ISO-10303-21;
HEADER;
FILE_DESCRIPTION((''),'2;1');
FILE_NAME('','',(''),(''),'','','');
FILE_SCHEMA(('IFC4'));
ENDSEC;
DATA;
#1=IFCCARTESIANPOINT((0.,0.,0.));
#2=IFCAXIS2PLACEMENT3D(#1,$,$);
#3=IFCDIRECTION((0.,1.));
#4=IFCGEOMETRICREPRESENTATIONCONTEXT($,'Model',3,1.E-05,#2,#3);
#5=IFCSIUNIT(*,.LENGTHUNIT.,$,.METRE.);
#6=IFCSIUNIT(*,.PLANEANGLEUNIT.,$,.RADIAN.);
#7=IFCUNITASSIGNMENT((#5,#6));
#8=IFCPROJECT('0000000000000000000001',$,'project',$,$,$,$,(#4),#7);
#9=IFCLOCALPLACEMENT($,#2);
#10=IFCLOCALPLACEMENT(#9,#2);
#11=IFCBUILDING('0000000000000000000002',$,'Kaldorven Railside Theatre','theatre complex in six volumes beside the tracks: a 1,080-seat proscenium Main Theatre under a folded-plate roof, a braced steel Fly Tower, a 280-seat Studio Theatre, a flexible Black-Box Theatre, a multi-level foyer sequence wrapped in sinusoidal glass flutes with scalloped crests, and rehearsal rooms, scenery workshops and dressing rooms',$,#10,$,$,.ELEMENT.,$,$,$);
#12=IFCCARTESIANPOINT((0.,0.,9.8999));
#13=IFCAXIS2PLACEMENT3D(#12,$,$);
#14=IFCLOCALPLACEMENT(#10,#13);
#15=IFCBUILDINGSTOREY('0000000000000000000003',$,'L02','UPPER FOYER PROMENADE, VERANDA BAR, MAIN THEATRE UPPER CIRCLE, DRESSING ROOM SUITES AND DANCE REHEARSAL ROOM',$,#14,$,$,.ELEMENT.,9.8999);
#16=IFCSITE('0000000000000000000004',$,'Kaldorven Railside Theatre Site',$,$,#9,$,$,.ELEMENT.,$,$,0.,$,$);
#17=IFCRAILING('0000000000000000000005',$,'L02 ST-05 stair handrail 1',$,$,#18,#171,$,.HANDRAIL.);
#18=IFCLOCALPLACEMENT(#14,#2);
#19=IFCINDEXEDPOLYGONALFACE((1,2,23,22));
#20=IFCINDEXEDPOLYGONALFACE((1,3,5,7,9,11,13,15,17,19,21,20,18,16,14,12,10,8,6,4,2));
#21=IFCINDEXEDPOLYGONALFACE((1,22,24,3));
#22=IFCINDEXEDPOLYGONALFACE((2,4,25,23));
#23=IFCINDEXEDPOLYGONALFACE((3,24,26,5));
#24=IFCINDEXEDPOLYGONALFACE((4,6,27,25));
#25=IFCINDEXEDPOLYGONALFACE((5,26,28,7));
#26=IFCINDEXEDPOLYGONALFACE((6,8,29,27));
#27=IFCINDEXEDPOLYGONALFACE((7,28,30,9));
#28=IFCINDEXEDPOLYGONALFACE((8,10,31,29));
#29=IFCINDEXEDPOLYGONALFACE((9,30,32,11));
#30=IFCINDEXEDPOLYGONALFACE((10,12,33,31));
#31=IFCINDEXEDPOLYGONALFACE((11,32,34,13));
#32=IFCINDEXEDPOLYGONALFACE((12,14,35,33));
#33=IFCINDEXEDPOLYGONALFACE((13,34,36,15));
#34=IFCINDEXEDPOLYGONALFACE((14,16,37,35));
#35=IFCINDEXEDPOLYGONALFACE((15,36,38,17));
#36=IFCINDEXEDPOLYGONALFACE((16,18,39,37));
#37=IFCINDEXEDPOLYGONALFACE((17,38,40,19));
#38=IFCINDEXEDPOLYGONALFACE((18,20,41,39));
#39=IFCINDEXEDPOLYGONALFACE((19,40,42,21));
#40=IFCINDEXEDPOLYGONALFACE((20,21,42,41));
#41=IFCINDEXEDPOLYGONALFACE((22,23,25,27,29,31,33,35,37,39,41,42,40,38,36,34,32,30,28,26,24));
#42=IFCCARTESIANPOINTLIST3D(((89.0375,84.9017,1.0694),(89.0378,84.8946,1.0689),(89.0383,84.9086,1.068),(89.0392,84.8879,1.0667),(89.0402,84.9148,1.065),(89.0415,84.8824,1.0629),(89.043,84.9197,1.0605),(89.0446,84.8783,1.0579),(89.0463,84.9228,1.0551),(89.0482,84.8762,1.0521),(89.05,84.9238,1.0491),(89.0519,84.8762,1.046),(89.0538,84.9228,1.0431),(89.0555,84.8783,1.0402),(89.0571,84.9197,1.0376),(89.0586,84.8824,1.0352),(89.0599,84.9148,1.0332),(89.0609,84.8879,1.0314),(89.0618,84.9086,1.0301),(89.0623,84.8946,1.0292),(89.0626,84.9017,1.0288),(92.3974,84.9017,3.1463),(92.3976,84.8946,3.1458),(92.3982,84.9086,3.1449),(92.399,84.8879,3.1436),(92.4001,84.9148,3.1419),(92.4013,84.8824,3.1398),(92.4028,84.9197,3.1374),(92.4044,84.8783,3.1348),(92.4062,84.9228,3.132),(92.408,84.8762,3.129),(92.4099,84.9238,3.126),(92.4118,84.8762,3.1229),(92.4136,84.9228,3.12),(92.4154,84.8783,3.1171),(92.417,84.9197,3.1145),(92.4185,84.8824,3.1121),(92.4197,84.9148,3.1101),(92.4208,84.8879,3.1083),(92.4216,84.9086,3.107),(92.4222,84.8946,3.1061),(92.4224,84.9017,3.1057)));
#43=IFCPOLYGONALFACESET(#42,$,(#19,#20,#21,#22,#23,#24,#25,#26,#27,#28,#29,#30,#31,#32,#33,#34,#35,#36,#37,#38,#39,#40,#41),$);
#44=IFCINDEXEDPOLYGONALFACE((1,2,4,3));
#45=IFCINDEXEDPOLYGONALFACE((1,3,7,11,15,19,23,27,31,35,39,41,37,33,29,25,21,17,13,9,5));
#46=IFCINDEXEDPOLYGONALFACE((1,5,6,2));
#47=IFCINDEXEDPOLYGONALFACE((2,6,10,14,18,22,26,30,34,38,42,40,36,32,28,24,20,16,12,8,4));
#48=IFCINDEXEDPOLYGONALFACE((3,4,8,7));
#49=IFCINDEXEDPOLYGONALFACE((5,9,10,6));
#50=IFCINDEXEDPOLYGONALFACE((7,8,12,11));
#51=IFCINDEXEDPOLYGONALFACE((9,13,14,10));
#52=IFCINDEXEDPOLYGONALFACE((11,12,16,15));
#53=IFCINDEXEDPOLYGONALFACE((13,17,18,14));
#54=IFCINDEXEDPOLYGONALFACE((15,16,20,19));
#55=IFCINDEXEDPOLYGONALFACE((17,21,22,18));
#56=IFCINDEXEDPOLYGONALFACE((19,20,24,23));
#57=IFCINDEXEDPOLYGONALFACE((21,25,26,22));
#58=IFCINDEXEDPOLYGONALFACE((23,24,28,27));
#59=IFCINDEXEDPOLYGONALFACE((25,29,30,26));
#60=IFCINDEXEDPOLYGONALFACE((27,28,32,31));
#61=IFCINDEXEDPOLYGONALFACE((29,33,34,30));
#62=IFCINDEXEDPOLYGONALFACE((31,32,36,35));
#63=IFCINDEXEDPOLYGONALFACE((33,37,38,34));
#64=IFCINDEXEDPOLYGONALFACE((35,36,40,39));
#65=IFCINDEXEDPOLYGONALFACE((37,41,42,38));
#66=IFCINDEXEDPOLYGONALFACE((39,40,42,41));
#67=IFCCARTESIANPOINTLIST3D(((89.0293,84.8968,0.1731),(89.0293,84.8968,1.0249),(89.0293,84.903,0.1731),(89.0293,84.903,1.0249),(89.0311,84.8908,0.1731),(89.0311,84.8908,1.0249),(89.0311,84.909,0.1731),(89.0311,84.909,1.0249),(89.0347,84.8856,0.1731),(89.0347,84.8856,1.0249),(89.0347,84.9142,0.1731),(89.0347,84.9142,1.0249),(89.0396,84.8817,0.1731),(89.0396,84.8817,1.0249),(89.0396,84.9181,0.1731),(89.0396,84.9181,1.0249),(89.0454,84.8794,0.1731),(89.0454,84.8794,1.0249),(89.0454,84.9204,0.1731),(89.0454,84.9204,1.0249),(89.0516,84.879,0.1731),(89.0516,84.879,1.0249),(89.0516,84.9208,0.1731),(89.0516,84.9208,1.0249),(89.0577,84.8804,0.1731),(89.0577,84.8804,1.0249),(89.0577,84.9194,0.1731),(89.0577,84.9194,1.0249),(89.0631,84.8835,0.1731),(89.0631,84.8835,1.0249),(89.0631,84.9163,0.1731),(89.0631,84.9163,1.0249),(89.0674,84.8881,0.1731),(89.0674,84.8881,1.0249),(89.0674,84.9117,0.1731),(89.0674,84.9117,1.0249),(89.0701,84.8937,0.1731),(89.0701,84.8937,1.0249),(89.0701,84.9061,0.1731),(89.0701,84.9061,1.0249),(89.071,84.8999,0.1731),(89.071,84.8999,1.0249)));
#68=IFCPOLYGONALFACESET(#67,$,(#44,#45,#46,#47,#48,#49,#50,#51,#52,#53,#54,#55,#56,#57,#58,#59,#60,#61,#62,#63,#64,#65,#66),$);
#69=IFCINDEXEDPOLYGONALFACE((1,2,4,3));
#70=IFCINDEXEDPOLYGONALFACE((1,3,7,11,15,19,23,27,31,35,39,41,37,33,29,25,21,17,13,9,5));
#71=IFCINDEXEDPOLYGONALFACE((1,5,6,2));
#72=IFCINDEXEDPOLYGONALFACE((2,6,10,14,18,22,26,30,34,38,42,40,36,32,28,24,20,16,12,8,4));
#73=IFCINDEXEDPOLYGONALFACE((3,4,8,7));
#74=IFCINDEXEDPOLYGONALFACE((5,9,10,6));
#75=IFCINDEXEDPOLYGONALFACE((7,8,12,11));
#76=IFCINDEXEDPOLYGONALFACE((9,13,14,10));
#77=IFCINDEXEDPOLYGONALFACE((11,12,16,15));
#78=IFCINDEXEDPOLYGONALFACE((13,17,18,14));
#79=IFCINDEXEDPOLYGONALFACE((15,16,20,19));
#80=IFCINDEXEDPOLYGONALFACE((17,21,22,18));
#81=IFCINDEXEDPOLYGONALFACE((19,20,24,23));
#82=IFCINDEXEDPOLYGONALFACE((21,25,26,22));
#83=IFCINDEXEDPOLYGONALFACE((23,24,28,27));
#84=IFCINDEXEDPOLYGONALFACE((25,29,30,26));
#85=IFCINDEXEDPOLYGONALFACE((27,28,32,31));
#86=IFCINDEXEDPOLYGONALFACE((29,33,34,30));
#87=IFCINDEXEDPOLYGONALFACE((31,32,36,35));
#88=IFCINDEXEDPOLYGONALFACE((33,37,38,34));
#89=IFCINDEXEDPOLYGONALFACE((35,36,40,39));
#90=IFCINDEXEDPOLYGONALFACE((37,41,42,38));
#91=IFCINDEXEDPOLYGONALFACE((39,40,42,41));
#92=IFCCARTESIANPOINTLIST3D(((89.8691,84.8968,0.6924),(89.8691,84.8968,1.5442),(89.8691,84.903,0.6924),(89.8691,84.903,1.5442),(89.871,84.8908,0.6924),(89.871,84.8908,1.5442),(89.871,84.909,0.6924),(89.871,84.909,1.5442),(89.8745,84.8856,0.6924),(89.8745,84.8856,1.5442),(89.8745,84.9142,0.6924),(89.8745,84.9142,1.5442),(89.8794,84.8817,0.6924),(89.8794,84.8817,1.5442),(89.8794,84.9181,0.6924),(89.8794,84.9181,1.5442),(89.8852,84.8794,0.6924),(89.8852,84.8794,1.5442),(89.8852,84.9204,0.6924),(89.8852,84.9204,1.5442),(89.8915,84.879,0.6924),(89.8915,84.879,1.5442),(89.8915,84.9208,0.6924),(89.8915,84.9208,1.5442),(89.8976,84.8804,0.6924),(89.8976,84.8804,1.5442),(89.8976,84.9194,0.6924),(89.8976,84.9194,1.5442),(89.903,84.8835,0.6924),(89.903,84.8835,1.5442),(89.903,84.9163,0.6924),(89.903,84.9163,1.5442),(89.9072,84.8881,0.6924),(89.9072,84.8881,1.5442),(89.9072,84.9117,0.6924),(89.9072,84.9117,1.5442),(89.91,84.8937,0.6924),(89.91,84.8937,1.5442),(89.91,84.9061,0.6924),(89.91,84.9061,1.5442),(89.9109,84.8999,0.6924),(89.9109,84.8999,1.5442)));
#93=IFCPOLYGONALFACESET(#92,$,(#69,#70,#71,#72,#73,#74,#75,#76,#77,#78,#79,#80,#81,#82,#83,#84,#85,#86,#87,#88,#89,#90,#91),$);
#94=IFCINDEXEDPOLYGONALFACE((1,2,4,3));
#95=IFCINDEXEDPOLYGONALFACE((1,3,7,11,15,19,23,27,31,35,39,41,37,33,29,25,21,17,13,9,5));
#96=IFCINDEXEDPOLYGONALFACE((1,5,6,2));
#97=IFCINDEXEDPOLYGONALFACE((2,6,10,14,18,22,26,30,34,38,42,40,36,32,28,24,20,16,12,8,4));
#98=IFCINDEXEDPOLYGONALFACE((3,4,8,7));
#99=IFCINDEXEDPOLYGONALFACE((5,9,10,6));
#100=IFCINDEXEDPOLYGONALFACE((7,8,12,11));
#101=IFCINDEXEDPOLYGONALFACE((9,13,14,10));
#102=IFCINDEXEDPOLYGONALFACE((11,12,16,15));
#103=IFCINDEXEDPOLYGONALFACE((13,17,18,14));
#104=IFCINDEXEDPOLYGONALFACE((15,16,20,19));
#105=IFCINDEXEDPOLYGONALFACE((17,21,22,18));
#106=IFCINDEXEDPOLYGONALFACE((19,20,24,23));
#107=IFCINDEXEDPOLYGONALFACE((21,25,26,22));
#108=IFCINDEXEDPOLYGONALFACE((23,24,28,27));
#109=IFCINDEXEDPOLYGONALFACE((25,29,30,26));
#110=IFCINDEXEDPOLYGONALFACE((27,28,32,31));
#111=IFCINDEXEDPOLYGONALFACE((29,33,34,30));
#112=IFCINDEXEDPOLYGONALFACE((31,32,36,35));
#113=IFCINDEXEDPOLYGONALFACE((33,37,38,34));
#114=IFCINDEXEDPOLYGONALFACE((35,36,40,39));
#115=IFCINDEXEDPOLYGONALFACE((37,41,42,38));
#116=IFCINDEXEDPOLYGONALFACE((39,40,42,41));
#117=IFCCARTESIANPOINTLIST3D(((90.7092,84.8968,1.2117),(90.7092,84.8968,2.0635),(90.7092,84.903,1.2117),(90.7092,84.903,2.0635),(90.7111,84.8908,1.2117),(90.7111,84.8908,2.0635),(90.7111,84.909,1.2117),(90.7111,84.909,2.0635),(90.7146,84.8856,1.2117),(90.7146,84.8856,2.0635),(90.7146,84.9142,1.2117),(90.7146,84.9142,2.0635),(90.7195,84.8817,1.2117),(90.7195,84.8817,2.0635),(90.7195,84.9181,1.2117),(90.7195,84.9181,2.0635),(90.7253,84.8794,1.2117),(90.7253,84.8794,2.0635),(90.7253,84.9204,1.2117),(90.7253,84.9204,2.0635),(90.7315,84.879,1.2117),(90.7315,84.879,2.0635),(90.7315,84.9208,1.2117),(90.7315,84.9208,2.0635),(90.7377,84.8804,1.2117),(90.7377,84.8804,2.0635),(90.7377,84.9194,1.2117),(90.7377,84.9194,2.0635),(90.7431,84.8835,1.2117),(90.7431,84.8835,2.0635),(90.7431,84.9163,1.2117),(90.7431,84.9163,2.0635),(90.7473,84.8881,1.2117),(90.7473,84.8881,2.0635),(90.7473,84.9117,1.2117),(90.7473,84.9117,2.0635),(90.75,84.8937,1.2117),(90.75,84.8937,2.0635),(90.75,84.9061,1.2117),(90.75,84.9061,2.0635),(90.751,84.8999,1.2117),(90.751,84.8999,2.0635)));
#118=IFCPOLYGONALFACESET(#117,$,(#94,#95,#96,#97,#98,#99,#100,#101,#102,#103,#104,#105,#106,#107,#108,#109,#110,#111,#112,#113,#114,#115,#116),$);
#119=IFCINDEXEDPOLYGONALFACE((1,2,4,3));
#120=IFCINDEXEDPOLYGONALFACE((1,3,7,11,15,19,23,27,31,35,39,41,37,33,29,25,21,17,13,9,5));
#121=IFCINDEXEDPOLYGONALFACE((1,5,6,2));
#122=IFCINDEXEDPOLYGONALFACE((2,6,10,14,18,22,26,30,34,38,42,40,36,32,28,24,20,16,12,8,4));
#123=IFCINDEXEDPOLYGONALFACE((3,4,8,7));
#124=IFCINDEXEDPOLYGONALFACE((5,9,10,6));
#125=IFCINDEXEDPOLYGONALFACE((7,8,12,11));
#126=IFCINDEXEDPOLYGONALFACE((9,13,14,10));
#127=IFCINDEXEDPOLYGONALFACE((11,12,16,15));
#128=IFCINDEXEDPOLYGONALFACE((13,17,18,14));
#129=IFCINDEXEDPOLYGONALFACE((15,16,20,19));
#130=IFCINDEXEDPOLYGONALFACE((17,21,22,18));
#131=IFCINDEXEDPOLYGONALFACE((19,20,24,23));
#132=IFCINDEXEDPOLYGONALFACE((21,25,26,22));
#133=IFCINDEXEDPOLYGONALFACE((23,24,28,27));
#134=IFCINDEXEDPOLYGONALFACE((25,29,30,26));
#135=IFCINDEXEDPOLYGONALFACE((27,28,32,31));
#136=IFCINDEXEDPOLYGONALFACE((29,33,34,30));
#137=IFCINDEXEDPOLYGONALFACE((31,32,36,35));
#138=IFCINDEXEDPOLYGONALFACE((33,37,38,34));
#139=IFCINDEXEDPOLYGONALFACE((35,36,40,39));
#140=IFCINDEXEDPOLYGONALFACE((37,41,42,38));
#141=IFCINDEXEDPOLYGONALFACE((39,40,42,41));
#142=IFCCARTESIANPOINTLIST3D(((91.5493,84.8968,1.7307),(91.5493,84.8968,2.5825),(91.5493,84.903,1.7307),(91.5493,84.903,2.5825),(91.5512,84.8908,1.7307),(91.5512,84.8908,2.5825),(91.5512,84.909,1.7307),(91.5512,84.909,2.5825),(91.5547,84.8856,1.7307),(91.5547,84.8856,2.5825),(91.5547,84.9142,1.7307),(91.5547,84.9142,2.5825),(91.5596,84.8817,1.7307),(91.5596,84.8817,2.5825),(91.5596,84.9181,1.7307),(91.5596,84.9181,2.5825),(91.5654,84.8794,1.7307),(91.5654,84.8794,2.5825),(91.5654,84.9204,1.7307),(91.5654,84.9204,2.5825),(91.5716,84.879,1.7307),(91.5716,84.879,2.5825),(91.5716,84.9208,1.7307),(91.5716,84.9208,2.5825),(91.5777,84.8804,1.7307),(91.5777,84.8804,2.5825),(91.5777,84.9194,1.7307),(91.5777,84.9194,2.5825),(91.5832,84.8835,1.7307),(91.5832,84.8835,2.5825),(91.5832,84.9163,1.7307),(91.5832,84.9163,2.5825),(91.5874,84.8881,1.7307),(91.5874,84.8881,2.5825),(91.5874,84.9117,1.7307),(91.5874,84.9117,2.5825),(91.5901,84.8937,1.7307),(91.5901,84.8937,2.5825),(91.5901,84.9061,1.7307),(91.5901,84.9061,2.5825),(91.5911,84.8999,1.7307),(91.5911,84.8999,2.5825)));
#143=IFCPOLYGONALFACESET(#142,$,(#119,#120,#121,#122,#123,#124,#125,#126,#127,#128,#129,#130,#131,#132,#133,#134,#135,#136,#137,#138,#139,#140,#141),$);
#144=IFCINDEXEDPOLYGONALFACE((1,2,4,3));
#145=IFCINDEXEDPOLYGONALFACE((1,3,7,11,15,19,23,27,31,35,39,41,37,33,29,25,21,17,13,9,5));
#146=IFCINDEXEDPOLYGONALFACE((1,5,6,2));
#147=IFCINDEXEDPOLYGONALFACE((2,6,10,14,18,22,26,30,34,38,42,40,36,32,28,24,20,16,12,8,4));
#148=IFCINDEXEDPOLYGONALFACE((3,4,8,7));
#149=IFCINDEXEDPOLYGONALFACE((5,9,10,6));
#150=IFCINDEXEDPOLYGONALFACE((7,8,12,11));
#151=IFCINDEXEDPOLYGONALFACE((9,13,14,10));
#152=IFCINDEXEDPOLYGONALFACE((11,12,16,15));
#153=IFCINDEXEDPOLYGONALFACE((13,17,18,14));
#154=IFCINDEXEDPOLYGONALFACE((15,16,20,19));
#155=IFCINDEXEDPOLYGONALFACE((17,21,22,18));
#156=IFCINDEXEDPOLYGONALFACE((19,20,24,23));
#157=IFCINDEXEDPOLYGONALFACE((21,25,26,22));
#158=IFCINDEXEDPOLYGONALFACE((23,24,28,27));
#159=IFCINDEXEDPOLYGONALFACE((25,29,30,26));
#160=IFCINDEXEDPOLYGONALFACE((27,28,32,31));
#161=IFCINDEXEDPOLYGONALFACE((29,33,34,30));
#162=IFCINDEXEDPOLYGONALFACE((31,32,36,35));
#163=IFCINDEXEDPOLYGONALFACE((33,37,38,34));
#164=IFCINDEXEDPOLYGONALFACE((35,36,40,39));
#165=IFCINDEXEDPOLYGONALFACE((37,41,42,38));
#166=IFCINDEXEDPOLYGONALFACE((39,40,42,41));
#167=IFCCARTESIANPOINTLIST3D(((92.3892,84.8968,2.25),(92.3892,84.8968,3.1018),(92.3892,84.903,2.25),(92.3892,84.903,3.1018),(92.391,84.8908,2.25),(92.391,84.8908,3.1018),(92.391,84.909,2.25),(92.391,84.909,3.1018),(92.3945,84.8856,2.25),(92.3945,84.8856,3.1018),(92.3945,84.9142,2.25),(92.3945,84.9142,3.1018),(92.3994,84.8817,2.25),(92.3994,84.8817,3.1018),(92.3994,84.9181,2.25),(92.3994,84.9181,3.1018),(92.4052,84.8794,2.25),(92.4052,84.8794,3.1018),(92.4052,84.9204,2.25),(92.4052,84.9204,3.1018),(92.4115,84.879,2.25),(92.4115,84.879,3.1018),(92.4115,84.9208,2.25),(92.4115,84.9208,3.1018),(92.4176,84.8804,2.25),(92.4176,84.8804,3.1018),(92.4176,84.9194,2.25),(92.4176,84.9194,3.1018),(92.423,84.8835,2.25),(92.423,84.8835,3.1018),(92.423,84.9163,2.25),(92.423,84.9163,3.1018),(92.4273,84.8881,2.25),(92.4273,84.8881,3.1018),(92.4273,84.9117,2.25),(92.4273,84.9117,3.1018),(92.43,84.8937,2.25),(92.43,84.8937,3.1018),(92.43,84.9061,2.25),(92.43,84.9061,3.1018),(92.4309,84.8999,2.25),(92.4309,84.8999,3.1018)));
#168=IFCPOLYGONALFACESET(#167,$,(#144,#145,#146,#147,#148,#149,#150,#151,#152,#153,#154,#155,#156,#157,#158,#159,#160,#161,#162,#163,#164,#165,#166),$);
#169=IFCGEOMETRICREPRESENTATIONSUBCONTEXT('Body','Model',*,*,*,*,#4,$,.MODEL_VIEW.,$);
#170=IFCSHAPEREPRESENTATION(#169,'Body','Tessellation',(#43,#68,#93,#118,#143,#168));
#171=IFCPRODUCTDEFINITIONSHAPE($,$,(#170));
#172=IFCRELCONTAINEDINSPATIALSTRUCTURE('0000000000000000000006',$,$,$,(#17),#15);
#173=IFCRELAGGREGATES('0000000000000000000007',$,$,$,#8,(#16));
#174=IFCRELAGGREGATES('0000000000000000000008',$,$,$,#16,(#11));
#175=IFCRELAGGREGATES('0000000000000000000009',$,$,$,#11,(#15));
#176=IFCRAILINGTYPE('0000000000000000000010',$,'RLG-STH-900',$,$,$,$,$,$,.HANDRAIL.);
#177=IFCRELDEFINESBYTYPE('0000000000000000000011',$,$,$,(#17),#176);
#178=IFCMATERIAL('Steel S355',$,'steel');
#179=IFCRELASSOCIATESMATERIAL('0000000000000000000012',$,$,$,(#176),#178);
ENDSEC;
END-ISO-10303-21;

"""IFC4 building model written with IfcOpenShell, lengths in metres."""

from ifc_helpers import new_model, si_unit, direction, frame, origin, origin_2d, place, context, subcontext, project, spatial, circle, extrude, material, type_object, element, save


model = new_model("IFC4")

# Units and contexts
model_context = context("Model", 3, precision=1e-05, world=origin(), true_north=direction((0.0, 1.0)))
body_context = subcontext(model_context, "Body", "Model", "MODEL_VIEW")
ifc_project = project(units=[si_unit("LENGTHUNIT", "METRE"), si_unit("PLANEANGLEUNIT", "RADIAN")], contexts=[model_context])

# Site, building, storey
site_placement = place(None, origin())
site = spatial("IfcSite", under=ifc_project, at=site_placement, Name="Kaldorven Railside Theatre Site", CompositionType="ELEMENT", RefElevation=0.0)
building_placement = place(site_placement, origin())
building = spatial("IfcBuilding", under=site, at=building_placement, Name="Kaldorven Railside Theatre", Description="theatre complex in six volumes beside the tracks: a 1,080-seat proscenium Main Theatre under a folded-plate roof, a braced steel Fly Tower, a 280-seat Studio Theatre, a flexible Black-Box Theatre, a multi-level foyer sequence wrapped in sinusoidal glass flutes with scalloped crests, and rehearsal rooms, scenery workshops and dressing rooms", CompositionType="ELEMENT")
storey_placement = place(building_placement, frame((0.0, 0.0, 9.8999)))
storey = spatial("IfcBuildingStorey", under=building, at=storey_placement, Name="L02", Description="UPPER FOYER PROMENADE, VERANDA BAR, MAIN THEATRE UPPER CIRCLE, DRESSING ROOM SUITES AND DANCE REHEARSAL ROOM", CompositionType="ELEMENT", Elevation=9.8999)

# Shared definitions
ifc_material_1 = material(Name="Steel S355", Category="steel")

# Railing
railing_type = type_object("IfcRailingType", Name="RLG-STH-900", PredefinedType="HANDRAIL", material=ifc_material_1)
railing_placement = place(storey_placement, frame((89.05, 84.8999, 0.1731)))
element("IfcRailing", 1, at=railing_placement, inside=storey, type_object=railing_type, Name="L02 ST-05 stair handrail 1", PredefinedType="HANDRAIL", context=body_context, shape_type="SweptSolid", body=[
    extrude(circle(Radius=0.0239, at=origin_2d()), frame((0.0, 0.0, 0.876), z_axis=(0.850606, 0.0, 0.525803), x_axis=(0.0, 1.0, 0.0)), (0.0, 0.0, 1.0), 3.95),
    extrude(circle(Radius=0.021, at=origin_2d()), origin(), (0.0, 0.0, 1.0), 0.8518),
    extrude(circle(Radius=0.021, at=origin_2d()), frame((0.8398, 0.0, 0.5193)), (0.0, 0.0, 1.0), 0.8518),
    extrude(circle(Radius=0.021, at=origin_2d()), frame((1.6799, 0.0, 1.0386)), (0.0, 0.0, 1.0), 0.8518),
    extrude(circle(Radius=0.021, at=origin_2d()), frame((2.52, 0.0, 1.5576)), (0.0, 0.0, 1.0), 0.8518),
    extrude(circle(Radius=0.021, at=origin_2d()), frame((3.3599, 0.0, 2.0769)), (0.0, 0.0, 1.0), 0.8518),
])

save(model, "model.ifc")
